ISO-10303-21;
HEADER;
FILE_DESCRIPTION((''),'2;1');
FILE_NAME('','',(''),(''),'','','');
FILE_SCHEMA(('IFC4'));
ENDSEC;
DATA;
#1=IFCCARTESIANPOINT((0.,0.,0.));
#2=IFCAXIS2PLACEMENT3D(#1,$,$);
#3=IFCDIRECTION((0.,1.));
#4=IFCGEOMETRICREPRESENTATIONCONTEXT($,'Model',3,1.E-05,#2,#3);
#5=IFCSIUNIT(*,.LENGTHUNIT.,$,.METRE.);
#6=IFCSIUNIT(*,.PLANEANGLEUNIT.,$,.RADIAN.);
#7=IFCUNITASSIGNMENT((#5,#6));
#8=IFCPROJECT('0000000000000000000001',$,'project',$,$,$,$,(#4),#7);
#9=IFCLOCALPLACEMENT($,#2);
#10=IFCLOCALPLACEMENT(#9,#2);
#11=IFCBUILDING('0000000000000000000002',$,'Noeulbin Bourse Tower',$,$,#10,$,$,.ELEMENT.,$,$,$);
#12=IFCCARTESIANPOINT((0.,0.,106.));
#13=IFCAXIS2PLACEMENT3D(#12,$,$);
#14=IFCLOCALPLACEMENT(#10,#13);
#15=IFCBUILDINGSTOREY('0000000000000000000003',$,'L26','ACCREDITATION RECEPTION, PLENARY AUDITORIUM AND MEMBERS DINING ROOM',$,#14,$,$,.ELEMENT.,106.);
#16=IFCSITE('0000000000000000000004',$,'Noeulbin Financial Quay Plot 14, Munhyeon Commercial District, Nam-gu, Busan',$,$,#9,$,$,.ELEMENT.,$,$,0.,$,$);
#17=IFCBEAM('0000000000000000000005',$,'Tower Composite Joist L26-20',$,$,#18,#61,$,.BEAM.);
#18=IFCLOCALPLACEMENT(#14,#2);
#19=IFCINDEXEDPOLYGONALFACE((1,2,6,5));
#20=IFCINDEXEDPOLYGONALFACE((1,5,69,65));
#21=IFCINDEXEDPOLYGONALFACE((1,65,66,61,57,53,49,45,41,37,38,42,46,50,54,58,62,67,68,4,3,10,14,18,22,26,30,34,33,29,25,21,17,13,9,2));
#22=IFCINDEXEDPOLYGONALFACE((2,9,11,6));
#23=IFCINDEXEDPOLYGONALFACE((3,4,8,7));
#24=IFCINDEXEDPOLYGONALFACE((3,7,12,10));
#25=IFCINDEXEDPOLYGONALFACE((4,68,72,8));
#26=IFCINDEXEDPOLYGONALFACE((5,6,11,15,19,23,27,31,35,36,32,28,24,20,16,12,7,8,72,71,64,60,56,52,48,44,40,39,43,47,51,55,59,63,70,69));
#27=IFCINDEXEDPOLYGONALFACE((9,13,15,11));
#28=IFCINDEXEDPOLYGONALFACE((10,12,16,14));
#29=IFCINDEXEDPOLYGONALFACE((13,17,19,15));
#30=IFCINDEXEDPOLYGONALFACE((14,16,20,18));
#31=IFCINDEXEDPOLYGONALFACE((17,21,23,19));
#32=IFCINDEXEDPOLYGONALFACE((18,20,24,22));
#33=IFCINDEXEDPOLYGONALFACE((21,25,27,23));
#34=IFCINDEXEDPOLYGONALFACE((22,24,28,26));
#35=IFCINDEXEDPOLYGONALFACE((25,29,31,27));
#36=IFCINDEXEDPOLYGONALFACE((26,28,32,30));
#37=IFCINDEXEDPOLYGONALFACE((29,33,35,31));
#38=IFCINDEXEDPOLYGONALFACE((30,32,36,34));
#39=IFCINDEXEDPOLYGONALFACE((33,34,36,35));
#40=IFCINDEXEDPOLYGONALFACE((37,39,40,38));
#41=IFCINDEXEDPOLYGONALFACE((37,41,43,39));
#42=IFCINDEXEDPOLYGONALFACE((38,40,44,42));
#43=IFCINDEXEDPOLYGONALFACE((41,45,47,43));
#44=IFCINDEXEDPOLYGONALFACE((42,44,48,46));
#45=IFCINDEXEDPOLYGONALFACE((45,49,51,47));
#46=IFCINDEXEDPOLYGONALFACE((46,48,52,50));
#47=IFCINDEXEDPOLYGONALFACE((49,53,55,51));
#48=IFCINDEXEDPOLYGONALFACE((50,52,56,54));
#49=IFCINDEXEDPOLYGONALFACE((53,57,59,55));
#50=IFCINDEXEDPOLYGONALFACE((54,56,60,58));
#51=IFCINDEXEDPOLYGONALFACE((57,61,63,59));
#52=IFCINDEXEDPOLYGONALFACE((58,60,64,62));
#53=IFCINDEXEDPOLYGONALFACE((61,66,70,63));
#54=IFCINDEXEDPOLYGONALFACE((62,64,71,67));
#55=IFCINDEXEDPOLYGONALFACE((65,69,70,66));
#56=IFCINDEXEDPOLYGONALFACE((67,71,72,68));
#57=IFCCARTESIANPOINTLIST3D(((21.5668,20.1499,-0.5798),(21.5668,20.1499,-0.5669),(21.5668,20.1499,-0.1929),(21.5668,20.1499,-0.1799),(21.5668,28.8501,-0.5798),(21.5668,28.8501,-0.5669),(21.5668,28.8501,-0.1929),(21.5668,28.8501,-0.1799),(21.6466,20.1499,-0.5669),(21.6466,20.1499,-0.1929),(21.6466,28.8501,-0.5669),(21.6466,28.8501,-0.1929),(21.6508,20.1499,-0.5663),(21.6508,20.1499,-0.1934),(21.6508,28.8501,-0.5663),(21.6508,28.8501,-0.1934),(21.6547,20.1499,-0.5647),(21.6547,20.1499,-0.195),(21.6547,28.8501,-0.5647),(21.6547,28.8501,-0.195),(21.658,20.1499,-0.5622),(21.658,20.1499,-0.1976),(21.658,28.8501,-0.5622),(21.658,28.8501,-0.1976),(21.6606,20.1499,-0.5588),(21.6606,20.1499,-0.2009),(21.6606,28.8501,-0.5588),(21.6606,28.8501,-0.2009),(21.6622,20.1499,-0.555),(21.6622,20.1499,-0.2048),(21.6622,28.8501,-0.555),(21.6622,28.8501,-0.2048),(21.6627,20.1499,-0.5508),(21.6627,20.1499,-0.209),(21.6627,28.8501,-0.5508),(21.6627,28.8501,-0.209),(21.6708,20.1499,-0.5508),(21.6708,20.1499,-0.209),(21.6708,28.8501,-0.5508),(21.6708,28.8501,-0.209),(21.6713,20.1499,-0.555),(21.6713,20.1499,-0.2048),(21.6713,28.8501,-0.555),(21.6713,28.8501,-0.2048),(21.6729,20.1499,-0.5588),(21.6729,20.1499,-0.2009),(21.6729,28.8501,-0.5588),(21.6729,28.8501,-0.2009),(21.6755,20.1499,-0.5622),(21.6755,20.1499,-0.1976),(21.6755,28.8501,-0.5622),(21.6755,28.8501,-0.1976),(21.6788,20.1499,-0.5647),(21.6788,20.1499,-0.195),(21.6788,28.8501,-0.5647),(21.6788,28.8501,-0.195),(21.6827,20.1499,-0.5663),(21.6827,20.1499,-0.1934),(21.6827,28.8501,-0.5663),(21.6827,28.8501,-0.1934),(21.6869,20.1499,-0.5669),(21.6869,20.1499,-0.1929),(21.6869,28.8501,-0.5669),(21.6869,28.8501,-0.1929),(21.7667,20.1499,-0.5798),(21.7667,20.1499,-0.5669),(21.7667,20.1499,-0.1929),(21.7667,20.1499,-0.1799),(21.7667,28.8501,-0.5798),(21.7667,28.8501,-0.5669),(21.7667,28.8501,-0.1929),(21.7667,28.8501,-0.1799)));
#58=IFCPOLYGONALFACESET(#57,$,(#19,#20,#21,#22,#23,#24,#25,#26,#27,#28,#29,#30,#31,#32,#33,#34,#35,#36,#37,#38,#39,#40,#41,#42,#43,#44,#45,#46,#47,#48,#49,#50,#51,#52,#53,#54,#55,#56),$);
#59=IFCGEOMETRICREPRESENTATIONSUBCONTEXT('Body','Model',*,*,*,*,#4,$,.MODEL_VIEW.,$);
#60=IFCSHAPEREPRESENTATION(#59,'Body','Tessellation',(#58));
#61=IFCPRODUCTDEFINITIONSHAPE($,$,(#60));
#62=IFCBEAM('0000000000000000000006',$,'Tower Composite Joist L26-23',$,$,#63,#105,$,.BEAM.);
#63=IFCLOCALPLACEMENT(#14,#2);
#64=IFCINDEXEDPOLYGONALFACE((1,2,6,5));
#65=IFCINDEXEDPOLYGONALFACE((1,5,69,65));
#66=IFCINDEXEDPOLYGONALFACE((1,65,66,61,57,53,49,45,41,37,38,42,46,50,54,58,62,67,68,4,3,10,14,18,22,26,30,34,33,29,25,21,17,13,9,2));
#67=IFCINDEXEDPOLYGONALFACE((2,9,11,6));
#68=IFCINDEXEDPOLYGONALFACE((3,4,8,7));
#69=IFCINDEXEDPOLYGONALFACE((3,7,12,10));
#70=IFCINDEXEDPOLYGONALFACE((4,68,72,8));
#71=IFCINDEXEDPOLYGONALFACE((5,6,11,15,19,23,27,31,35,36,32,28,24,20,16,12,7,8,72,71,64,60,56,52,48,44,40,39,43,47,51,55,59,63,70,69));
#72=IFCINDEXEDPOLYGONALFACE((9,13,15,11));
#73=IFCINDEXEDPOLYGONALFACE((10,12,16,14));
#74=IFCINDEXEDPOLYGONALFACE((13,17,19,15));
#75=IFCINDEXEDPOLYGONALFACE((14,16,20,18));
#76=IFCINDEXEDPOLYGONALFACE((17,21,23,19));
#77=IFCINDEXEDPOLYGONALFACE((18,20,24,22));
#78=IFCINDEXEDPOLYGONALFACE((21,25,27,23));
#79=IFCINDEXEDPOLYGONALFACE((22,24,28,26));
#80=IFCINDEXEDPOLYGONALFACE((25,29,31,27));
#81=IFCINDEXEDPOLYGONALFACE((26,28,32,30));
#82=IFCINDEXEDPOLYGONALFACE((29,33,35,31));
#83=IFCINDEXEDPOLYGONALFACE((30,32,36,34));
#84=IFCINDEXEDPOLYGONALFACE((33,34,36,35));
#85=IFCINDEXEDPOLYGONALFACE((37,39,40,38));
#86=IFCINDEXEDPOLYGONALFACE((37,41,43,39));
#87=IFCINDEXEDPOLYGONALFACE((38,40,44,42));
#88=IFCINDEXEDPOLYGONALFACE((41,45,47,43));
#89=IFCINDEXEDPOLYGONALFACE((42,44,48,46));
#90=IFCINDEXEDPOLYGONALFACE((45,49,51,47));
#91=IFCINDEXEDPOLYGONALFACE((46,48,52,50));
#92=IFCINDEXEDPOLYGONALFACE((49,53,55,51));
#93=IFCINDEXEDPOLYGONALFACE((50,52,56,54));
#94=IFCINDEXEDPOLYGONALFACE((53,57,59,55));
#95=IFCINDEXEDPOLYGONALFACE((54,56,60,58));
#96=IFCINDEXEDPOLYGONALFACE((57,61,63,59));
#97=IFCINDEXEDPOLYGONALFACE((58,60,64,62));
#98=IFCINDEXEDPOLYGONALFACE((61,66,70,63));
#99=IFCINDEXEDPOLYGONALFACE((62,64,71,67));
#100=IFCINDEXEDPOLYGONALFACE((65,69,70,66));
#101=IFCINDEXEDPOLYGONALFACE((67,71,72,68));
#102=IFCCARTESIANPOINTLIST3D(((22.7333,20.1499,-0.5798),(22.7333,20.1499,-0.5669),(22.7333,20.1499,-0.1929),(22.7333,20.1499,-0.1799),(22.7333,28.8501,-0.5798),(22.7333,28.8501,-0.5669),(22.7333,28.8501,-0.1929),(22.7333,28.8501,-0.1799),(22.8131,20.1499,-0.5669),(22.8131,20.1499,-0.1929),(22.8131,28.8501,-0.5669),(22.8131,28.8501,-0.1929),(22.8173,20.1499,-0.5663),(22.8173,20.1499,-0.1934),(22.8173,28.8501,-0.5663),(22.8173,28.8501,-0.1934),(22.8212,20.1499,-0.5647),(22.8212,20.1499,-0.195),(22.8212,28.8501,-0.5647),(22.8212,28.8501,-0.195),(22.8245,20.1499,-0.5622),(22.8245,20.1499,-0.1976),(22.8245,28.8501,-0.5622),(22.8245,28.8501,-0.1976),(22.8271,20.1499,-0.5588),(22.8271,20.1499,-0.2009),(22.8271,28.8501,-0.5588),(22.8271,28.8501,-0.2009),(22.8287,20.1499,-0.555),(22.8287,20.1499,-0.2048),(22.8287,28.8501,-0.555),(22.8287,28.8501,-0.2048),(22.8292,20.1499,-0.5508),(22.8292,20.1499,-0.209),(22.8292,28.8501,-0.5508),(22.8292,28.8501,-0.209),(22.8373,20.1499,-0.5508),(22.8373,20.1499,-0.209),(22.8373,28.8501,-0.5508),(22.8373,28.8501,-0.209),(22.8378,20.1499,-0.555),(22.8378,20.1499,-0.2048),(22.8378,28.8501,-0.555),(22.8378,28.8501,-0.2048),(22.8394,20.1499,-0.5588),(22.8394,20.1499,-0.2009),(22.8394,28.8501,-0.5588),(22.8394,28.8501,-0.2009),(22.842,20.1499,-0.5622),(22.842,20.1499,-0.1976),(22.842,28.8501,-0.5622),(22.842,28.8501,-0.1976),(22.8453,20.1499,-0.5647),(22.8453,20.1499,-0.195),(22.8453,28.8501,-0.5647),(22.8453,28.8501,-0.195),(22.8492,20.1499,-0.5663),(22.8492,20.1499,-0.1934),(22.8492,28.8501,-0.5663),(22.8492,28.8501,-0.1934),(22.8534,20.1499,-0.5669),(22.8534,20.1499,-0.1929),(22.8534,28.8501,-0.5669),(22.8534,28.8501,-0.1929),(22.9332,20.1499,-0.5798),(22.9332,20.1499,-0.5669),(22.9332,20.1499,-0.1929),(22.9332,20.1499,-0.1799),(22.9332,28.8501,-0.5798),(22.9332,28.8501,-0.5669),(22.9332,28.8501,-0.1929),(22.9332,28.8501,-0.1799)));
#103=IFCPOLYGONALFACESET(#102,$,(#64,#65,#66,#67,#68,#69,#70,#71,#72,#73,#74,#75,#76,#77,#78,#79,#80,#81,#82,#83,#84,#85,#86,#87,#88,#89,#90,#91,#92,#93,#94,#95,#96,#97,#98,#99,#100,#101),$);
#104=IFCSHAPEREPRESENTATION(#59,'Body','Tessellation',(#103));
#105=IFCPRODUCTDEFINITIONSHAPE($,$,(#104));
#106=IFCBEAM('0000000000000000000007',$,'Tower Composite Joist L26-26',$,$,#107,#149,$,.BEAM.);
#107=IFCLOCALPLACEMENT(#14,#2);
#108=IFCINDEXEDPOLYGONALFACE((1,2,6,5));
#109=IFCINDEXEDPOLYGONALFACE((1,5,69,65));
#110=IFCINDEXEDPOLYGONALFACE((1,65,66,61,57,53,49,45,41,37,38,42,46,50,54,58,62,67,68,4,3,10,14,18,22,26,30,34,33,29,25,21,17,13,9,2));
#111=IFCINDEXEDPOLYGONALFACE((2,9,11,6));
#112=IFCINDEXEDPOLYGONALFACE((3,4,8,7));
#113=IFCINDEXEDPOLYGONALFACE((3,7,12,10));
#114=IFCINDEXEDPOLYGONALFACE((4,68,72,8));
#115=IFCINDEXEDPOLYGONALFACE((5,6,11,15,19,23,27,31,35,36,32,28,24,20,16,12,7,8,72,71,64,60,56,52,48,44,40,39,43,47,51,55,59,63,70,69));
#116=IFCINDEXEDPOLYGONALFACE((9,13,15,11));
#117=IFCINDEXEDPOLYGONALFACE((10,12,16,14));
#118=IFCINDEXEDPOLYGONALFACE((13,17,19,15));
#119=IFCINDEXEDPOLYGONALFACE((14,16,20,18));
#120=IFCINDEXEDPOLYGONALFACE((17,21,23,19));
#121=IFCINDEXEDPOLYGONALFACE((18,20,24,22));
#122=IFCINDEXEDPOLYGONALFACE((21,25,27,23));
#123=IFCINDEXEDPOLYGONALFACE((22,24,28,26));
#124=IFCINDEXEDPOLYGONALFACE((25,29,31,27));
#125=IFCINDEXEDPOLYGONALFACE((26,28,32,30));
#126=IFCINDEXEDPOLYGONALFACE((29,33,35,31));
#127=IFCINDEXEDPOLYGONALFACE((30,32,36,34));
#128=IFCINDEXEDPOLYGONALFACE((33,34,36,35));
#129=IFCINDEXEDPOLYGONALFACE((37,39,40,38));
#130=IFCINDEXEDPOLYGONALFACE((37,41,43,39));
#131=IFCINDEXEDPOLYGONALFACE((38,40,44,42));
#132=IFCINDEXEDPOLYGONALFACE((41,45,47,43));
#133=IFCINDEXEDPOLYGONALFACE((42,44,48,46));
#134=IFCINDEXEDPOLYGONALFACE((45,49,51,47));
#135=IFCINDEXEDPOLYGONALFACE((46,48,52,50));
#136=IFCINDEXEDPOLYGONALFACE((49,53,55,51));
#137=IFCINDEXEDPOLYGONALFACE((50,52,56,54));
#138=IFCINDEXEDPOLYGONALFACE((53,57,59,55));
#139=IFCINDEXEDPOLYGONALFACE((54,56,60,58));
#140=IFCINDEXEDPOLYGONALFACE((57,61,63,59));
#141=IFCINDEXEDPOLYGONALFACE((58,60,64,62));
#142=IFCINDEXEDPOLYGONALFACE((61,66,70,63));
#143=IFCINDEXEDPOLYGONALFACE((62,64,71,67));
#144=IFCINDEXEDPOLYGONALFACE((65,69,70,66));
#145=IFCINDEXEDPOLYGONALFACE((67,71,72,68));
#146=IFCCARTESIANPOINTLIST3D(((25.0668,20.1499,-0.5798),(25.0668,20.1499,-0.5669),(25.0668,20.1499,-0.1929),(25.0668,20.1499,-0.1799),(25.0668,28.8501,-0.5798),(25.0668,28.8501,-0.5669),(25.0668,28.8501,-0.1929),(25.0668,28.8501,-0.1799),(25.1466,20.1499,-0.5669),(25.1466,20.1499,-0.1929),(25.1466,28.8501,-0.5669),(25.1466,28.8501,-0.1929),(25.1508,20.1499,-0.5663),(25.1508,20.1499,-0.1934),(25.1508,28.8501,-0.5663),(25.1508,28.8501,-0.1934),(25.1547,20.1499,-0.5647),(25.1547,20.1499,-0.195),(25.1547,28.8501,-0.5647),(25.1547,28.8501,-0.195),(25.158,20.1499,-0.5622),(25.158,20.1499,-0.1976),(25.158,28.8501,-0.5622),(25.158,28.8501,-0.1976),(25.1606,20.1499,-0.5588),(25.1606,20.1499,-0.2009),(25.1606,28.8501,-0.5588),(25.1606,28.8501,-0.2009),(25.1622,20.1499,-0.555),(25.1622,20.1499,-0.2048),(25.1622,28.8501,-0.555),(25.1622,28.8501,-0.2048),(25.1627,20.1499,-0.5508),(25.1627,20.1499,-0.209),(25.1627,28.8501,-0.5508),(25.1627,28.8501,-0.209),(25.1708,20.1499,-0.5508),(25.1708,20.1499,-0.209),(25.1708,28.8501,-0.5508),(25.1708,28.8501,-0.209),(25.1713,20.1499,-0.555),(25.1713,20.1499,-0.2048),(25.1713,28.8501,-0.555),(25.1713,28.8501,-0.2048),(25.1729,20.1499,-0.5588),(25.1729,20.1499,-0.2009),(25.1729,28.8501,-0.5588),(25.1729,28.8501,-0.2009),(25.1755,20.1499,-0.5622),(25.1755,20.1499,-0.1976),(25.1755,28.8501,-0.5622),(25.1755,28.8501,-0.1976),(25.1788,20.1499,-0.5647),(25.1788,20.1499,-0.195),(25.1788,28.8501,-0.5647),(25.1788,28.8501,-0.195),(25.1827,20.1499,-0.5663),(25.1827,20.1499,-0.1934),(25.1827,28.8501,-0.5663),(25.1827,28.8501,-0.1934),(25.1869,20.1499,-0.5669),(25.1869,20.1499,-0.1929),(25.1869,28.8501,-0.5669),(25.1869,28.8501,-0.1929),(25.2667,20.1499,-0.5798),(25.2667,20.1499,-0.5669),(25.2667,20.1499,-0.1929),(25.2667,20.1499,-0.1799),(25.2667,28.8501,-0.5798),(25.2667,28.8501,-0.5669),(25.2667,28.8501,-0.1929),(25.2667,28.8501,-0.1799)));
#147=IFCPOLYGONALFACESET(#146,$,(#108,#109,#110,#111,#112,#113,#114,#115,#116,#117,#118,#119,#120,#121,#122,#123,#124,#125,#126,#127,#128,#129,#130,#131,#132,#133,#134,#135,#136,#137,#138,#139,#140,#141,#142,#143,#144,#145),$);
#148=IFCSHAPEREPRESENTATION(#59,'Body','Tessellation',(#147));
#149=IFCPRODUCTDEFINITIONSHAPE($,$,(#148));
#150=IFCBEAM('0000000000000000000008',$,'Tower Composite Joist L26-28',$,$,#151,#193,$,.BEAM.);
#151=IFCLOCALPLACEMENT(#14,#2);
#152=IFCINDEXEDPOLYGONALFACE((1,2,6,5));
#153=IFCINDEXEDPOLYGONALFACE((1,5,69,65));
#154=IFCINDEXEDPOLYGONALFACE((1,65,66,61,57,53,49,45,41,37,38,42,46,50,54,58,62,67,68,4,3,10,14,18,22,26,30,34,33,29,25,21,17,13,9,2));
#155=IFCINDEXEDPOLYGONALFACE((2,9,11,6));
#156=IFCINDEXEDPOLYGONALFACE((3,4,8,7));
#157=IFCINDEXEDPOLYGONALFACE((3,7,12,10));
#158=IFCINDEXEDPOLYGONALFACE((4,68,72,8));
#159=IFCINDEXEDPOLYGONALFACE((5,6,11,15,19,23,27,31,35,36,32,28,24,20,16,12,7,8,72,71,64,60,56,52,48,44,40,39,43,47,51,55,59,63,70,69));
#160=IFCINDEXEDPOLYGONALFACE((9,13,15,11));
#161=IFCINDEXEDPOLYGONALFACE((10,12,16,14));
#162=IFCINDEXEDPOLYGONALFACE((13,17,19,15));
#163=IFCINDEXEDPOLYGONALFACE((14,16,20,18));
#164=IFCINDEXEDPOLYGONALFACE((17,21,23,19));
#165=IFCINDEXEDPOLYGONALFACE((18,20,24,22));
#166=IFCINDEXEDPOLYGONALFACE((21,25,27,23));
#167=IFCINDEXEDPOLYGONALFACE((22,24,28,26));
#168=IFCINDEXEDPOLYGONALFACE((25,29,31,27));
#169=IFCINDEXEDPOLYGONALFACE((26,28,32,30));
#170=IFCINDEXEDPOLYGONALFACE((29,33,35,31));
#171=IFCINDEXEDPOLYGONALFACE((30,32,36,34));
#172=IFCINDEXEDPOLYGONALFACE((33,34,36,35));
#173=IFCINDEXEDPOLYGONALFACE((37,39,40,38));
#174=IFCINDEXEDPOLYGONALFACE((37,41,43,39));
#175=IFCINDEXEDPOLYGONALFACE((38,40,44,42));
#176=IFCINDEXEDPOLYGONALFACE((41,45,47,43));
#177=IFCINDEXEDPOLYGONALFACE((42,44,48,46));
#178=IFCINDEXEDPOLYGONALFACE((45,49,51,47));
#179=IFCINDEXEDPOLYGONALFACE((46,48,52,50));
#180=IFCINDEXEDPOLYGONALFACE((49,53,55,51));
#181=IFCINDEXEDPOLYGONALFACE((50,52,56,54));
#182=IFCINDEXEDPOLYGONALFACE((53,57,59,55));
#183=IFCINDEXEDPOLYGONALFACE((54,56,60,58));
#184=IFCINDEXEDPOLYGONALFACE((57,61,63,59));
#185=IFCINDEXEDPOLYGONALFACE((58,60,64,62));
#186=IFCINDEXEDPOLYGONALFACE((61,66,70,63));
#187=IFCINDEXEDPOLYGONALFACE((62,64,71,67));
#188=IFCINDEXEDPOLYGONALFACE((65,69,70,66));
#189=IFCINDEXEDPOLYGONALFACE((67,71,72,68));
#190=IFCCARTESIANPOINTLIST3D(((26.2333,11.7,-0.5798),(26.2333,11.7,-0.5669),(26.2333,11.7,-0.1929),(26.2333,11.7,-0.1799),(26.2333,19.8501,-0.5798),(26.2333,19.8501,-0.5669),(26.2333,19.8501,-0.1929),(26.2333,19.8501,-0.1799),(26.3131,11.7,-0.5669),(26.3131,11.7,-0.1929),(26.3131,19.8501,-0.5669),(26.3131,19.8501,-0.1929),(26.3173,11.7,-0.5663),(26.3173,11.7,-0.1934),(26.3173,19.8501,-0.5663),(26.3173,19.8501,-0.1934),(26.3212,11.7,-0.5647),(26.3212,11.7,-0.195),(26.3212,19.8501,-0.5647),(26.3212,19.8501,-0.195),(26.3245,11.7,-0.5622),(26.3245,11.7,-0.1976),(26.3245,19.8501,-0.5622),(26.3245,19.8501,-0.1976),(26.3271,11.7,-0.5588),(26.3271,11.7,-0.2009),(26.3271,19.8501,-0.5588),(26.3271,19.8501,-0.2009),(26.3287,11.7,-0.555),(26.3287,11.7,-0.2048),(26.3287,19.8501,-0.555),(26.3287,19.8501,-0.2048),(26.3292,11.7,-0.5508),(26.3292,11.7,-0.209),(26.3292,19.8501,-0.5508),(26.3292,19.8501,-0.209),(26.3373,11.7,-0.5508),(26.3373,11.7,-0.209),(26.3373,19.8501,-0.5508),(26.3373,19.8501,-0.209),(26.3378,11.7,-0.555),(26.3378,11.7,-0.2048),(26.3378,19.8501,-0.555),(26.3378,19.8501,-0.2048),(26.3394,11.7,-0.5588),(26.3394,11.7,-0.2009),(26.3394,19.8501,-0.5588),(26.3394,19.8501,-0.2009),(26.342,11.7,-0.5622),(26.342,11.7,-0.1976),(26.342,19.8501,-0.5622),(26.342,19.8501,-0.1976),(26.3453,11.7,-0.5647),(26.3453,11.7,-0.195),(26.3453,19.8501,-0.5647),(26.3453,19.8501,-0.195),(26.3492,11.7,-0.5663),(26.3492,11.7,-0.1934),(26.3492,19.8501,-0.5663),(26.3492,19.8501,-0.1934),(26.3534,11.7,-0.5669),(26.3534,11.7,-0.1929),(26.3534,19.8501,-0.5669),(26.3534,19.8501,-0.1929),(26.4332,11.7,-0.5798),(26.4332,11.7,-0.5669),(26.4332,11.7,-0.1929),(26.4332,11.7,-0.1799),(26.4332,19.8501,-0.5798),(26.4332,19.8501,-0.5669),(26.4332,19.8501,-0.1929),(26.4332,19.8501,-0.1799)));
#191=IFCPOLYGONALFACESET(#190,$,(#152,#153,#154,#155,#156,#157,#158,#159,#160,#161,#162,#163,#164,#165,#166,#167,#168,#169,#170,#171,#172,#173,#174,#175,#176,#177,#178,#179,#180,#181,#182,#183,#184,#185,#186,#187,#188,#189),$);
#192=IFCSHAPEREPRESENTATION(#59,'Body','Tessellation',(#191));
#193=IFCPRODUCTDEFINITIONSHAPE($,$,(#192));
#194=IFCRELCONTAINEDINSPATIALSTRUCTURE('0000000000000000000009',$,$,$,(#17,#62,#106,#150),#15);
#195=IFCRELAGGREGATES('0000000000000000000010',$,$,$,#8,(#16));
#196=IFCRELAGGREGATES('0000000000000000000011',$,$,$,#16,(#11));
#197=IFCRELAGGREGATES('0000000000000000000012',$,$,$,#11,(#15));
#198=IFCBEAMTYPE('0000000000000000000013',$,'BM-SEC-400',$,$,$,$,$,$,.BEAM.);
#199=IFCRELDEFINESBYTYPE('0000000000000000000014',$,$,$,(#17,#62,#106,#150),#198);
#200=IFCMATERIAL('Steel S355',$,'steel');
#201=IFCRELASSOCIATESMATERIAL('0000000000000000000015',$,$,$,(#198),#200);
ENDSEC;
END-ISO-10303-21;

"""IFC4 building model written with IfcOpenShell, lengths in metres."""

from ifc_helpers import new_model, si_unit, direction, frame, origin, origin_2d, place, context, subcontext, project, spatial, i_section, extrude, material, material_profile, profile_set, type_object, element, save


model = new_model("IFC4")

# Units and contexts
model_context = context("Model", 3, precision=1e-05, world=origin(), true_north=direction((0.0, 1.0)))
body_context = subcontext(model_context, "Body", "Model", "MODEL_VIEW")
ifc_project = project(units=[si_unit("LENGTHUNIT", "METRE"), si_unit("PLANEANGLEUNIT", "RADIAN")], contexts=[model_context])

# Site, building, storey
site_placement = place(None, origin())
site = spatial("IfcSite", under=ifc_project, at=site_placement, Name="Noeulbin Financial Quay Plot 14, Munhyeon Commercial District, Nam-gu, Busan", CompositionType="ELEMENT", RefElevation=0.0)
building_placement = place(site_placement, origin())
building = spatial("IfcBuilding", under=site, at=building_placement, Name="Noeulbin Bourse Tower", CompositionType="ELEMENT")
storey_placement = place(building_placement, frame((0.0, 0.0, 106.0)))
storey = spatial("IfcBuildingStorey", under=building, at=storey_placement, Name="L26", Description="ACCREDITATION RECEPTION, PLENARY AUDITORIUM AND MEMBERS DINING ROOM", CompositionType="ELEMENT", Elevation=106.0)

# Beams
ifc_material_1 = material(Name="Steel S355", Category="steel")
ifc_material_profile_1 = material_profile(ifc_material_1, i_section(OverallWidth=0.2, OverallDepth=0.3999, WebThickness=0.0081, FlangeThickness=0.0129, FilletRadius=0.0161, at=origin_2d()), Name="H-400x200x8x13", Category="LoadBearing")
ifc_profile_set_1 = profile_set([ifc_material_profile_1], Name="Steel S355")
beam_type_1 = type_object("IfcBeamType", Name="BM-SEC-400", PredefinedType="BEAM", material=ifc_profile_set_1)
for number, where, z_axis, x_axis, name in (
    (1, (21.6667, 20.1499, -0.3799), (0.0, 1.0, 0.0), (-1.0, 0.0, 0.0), "Tower Composite Joist L26-20"),
    (2, (22.8333, 20.1499, -0.3799), (0.0, 1.0, 0.0), (-1.0, 0.0, 0.0), "Tower Composite Joist L26-23"),
    (3, (25.1667, 20.1499, -0.3799), (0.0, 1.0, 0.0), (-1.0, 0.0, 0.0), "Tower Composite Joist L26-26"),
):
    element("IfcBeam", number, at=place(storey_placement, frame(where, z_axis=z_axis, x_axis=x_axis)), inside=storey, type_object=beam_type_1, Name=name, PredefinedType="BEAM", context=body_context, shape_type="SweptSolid", body=[
        extrude(i_section(OverallWidth=0.2, OverallDepth=0.3999, WebThickness=0.0081, FlangeThickness=0.0129, FilletRadius=0.0161, at=origin_2d()), origin(), (0.0, 0.0, 1.0), 8.7002),
    ])
beam_1_placement = place(storey_placement, frame((26.3333, 11.7, -0.3799), z_axis=(0.0, 1.0, 0.0), x_axis=(-1.0, 0.0, 0.0)))
element("IfcBeam", 4, at=beam_1_placement, inside=storey, type_object=beam_type_1, Name="Tower Composite Joist L26-28", PredefinedType="BEAM", context=body_context, shape_type="SweptSolid", body=[
    extrude(i_section(OverallWidth=0.2, OverallDepth=0.3999, WebThickness=0.0081, FlangeThickness=0.0129, FilletRadius=0.0161, at=origin_2d()), origin(), (0.0, 0.0, 1.0), 8.1501),
])

save(model, "model.ifc")
